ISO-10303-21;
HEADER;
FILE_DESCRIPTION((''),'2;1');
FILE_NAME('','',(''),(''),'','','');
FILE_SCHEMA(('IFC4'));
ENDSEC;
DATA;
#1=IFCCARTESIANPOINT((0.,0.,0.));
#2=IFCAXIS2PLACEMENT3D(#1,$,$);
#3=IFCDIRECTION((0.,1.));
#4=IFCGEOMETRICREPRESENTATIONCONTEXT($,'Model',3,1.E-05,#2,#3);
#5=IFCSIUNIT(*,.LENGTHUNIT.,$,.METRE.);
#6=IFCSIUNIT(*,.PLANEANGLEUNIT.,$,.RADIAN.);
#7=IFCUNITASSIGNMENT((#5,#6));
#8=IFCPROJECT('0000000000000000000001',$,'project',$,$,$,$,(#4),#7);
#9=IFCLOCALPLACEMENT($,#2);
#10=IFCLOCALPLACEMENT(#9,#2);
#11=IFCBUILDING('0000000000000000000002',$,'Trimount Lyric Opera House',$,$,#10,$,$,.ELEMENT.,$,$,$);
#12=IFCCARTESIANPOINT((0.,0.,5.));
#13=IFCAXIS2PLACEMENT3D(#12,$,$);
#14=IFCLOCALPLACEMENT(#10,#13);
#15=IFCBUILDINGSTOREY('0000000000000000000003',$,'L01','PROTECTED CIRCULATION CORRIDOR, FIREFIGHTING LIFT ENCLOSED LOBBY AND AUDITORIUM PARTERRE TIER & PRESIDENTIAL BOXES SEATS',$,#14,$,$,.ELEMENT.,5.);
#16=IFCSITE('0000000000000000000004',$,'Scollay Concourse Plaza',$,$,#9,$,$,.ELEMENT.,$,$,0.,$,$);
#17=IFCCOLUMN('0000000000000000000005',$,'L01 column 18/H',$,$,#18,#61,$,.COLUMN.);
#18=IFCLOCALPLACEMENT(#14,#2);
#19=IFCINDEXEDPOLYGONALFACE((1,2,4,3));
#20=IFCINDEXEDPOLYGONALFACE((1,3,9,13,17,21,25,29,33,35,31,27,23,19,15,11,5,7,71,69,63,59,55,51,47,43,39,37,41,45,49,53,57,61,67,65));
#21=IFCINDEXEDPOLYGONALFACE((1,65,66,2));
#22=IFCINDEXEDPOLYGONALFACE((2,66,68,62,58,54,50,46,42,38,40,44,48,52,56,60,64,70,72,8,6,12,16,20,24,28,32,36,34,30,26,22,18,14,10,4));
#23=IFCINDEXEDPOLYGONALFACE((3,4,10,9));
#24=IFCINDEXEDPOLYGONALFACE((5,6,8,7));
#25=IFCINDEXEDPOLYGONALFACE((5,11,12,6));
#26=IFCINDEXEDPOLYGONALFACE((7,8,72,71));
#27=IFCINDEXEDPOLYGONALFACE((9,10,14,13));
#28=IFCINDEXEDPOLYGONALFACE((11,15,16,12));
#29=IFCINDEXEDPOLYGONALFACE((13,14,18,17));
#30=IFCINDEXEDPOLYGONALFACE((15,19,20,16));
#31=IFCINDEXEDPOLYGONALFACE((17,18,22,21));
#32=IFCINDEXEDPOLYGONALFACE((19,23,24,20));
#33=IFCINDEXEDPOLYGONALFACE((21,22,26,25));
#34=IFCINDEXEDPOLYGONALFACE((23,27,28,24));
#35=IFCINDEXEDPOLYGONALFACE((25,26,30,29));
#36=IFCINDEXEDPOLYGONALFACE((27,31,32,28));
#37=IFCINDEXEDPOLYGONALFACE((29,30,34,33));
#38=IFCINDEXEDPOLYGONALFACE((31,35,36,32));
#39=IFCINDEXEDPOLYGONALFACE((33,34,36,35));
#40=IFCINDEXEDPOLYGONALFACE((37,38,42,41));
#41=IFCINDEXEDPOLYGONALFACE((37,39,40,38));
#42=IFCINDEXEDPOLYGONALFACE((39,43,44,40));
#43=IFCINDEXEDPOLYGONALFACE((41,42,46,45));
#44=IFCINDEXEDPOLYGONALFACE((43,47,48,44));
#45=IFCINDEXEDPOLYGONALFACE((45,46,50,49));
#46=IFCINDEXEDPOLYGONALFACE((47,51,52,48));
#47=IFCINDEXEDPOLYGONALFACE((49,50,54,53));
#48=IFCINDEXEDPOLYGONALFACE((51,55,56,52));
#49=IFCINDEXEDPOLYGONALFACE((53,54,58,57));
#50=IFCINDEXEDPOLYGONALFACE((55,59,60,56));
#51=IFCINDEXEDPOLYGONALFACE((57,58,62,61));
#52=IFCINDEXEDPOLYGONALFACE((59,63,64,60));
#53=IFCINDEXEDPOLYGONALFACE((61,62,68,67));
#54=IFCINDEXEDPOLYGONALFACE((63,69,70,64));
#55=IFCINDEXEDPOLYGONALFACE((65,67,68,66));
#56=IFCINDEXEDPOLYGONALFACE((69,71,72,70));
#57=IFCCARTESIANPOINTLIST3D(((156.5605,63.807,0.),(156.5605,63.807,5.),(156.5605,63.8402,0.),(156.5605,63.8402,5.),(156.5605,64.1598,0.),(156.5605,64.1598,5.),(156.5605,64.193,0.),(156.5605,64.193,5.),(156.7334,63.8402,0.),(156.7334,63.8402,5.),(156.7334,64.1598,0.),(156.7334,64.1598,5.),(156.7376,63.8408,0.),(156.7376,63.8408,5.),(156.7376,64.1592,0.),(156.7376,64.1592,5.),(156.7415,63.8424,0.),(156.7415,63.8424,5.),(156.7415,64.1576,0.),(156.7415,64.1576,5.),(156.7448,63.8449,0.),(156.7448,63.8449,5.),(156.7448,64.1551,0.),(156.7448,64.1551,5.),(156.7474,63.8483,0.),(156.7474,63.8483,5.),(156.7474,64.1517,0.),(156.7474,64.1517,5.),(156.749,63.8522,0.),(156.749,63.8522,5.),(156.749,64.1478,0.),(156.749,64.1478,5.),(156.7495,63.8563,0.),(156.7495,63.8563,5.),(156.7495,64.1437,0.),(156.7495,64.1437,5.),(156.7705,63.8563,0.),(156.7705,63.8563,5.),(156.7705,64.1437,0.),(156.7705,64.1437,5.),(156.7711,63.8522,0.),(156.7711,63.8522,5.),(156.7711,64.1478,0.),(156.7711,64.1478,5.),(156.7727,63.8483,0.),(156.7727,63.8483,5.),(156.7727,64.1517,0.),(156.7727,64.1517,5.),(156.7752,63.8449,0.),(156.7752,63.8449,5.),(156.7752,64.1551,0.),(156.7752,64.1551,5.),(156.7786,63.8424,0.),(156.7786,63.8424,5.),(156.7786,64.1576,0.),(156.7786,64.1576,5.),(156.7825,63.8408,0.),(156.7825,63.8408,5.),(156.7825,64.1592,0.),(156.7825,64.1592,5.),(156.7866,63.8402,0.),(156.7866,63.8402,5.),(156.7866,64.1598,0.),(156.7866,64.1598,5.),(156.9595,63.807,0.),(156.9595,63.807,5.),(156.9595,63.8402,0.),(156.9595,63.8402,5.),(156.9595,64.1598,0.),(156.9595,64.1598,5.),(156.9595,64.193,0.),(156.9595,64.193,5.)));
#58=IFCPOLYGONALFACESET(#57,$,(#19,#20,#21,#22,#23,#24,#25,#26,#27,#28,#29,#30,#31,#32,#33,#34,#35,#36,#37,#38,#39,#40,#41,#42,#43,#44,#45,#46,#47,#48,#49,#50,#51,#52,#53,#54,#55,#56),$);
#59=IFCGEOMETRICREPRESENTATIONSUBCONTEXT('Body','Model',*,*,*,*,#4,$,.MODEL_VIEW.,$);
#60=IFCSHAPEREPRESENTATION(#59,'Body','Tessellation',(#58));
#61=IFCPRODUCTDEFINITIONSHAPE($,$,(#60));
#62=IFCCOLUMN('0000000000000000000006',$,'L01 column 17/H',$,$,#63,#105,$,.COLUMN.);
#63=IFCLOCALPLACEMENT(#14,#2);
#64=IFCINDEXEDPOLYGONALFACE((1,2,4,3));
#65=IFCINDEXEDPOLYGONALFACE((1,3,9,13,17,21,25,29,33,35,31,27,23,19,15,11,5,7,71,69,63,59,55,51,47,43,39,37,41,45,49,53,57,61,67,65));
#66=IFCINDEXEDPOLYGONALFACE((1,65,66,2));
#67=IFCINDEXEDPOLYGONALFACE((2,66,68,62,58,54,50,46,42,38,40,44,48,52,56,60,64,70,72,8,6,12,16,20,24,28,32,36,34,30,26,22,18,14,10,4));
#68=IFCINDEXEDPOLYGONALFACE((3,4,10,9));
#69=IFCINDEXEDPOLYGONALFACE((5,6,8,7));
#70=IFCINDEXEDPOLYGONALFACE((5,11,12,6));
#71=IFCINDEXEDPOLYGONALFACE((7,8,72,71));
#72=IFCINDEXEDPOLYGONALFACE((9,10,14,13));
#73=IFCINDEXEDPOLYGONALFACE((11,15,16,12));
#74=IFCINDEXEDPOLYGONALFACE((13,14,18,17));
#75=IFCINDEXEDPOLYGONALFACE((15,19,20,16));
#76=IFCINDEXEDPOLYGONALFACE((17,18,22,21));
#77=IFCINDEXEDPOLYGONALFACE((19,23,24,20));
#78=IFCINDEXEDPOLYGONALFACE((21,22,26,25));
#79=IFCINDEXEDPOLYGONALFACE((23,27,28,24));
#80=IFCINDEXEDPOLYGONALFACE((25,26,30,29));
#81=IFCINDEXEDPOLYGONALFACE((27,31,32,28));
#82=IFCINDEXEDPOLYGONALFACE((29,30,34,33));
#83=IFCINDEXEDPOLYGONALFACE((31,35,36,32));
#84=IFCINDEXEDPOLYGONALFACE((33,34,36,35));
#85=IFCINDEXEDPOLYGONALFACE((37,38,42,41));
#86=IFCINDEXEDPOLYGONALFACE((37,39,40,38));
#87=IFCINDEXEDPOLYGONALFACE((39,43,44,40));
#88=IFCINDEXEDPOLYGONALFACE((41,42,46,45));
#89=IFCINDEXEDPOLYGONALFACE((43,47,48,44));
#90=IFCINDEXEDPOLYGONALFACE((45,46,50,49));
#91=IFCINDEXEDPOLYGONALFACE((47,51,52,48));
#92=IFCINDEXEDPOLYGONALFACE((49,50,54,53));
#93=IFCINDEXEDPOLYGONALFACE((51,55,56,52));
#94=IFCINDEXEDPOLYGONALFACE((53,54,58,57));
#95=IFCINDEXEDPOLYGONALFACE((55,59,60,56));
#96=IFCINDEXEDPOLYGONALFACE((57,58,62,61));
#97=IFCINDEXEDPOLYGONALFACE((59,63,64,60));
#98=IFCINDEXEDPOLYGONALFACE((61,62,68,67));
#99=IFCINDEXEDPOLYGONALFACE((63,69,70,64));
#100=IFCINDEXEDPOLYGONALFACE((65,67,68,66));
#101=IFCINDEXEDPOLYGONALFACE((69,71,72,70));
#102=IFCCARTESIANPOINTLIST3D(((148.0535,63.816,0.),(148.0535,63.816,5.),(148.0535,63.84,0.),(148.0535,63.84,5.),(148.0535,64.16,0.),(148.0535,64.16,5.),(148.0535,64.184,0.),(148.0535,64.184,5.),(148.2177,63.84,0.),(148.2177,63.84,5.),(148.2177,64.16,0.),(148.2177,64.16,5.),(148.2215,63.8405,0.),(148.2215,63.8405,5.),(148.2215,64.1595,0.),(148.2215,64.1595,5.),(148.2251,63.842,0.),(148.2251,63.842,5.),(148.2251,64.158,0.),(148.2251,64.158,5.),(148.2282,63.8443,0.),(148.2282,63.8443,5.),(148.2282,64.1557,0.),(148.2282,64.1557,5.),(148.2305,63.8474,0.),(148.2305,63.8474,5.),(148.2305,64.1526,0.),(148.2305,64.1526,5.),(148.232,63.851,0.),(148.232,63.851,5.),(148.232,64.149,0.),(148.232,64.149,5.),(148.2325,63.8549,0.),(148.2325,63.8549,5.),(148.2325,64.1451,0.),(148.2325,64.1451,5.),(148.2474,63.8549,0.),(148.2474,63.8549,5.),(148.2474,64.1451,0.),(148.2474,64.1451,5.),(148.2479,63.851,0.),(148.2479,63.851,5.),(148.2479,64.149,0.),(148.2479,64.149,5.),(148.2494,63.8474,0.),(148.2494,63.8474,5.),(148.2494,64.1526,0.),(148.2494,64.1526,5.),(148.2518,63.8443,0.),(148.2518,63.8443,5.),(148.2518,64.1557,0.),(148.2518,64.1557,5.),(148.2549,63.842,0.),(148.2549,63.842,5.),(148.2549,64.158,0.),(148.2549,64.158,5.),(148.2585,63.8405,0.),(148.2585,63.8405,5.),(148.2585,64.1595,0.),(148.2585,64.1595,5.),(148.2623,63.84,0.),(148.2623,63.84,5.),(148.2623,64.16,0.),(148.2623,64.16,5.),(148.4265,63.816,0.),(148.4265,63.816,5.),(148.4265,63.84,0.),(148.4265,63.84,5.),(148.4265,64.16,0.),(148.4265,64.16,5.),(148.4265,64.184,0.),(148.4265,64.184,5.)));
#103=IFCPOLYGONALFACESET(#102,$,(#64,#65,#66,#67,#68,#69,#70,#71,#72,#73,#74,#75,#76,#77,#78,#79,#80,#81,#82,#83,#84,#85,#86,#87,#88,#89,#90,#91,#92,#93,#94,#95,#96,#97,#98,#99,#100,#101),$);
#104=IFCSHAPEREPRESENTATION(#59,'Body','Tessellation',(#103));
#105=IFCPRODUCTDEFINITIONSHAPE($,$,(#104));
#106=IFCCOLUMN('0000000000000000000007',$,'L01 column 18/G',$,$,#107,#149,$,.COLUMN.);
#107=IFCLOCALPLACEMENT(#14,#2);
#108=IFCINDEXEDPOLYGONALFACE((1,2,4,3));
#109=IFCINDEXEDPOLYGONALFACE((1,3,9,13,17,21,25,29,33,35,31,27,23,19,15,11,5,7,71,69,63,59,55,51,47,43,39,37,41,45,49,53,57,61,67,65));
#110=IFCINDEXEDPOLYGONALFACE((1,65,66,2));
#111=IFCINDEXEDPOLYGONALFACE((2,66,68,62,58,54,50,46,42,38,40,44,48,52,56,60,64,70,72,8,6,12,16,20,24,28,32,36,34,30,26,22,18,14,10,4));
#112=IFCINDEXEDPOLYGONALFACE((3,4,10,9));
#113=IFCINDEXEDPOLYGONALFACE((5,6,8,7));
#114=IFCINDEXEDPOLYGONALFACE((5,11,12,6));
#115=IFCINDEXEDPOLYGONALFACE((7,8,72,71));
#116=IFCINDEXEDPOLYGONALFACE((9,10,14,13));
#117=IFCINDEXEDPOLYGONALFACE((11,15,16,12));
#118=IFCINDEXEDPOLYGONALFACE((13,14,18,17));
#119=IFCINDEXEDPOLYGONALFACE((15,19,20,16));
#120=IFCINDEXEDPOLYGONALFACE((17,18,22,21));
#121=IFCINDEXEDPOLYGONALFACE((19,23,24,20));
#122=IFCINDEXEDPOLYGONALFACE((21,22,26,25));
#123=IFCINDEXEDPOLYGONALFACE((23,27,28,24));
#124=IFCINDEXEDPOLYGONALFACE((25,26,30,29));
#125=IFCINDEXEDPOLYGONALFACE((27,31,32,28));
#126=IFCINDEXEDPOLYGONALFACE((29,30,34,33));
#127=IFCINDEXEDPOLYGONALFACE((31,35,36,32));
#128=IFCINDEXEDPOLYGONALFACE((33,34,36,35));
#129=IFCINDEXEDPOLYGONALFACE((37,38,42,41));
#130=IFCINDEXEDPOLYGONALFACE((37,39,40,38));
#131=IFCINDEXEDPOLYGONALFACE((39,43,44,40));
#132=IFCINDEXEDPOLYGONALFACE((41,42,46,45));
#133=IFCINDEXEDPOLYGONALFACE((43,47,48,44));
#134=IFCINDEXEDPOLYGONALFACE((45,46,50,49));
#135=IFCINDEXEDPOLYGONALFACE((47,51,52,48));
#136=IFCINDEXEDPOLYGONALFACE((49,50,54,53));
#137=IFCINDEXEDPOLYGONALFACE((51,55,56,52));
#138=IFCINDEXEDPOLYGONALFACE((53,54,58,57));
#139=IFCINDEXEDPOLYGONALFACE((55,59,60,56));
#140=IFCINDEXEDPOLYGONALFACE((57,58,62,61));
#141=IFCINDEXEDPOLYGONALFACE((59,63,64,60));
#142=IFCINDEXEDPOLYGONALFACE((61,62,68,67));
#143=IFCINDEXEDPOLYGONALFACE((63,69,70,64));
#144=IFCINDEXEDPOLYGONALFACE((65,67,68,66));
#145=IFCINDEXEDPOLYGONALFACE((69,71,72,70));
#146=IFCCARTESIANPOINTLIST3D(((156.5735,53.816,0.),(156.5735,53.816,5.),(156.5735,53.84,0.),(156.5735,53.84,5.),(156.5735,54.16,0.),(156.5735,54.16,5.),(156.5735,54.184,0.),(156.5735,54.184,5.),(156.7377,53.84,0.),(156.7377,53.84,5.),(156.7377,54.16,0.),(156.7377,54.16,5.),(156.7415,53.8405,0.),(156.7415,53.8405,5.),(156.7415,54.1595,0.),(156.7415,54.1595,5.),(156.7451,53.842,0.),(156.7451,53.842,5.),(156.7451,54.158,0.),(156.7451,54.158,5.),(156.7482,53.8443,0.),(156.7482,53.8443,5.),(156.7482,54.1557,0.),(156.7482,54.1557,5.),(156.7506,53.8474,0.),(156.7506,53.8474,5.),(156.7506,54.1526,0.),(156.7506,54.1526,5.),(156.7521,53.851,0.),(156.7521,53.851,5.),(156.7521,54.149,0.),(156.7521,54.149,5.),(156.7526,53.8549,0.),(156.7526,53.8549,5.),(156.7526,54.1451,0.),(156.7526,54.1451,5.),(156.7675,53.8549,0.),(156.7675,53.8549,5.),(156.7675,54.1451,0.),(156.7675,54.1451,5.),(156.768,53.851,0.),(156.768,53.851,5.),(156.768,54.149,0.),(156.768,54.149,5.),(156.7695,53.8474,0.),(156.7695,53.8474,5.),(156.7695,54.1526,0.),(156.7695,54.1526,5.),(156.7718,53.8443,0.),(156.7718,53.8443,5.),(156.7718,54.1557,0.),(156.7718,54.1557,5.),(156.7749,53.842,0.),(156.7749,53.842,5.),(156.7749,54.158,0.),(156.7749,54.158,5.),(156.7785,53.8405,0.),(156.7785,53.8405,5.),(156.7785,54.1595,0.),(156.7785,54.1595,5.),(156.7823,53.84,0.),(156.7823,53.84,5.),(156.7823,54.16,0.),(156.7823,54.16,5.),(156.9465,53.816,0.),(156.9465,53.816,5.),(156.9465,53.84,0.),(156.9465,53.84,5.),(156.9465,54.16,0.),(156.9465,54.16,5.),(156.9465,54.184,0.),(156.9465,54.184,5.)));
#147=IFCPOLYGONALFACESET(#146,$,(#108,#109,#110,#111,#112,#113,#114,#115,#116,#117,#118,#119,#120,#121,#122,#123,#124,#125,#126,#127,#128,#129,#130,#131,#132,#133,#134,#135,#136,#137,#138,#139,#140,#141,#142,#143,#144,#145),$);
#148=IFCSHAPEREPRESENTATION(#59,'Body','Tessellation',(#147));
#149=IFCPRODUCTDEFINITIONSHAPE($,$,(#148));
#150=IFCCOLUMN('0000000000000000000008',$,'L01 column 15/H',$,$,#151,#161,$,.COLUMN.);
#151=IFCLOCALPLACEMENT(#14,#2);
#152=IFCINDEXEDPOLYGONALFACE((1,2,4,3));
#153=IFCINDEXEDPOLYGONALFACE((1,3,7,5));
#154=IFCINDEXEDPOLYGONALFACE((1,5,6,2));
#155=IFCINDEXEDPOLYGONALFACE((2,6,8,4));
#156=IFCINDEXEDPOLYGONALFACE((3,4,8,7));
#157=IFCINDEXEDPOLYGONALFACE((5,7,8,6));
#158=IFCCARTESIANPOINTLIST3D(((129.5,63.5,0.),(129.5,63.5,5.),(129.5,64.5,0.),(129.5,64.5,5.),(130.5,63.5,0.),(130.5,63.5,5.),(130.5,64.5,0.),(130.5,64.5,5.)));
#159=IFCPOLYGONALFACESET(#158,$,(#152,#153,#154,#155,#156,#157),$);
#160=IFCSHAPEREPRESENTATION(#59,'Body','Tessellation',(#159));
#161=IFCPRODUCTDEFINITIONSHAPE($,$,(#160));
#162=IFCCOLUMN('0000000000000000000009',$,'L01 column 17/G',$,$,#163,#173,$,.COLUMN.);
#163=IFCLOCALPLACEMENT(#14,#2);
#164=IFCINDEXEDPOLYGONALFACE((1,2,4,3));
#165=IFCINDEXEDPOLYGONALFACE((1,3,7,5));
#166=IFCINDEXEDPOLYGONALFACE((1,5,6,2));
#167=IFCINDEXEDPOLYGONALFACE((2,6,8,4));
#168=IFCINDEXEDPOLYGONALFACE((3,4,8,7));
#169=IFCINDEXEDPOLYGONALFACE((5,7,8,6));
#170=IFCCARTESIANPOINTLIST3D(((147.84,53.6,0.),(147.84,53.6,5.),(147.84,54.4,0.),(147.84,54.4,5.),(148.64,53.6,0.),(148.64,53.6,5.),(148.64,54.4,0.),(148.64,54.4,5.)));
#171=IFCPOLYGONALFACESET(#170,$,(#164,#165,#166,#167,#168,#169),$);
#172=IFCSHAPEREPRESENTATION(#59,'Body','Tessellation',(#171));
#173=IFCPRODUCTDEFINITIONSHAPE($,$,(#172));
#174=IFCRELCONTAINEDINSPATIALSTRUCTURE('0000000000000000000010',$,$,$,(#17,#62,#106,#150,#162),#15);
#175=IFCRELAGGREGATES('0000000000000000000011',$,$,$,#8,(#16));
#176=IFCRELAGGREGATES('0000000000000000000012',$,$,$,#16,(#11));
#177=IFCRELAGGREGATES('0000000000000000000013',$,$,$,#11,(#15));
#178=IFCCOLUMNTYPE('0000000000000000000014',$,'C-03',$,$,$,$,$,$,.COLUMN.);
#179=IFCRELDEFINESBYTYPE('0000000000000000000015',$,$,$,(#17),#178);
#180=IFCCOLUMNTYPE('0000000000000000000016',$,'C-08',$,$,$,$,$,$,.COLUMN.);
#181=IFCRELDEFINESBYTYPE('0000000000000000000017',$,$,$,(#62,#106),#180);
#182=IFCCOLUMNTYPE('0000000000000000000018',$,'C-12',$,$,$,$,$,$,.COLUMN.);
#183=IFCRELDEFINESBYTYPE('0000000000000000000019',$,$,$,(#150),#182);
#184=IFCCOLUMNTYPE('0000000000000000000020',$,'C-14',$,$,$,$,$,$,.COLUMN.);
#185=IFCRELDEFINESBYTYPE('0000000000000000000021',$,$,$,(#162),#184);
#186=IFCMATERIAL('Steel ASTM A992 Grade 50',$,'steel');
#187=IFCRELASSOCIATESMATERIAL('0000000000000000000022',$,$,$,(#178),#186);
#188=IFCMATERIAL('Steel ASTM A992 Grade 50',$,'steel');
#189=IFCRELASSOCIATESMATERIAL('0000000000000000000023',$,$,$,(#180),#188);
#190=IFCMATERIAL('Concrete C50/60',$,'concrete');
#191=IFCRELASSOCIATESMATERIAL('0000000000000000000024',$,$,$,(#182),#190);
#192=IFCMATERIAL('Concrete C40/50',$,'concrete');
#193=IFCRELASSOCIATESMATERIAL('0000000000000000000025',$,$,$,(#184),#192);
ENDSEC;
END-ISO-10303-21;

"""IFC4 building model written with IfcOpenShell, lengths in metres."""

from ifc_helpers import new_model, si_unit, direction, frame, origin, origin_2d, place, context, subcontext, project, spatial, rectangle, i_section, extrude, material, material_profile, profile_set, type_object, element, save


model = new_model("IFC4")

# Units and contexts
model_context = context("Model", 3, precision=1e-05, world=origin(), true_north=direction((0.0, 1.0)))
body_context = subcontext(model_context, "Body", "Model", "MODEL_VIEW")
ifc_project = project(units=[si_unit("LENGTHUNIT", "METRE"), si_unit("PLANEANGLEUNIT", "RADIAN")], contexts=[model_context])

# Site, building, storey
site_placement = place(None, origin())
site = spatial("IfcSite", under=ifc_project, at=site_placement, Name="Scollay Concourse Plaza", CompositionType="ELEMENT", RefElevation=0.0)
building_placement = place(site_placement, origin())
building = spatial("IfcBuilding", under=site, at=building_placement, Name="Trimount Lyric Opera House", CompositionType="ELEMENT")
storey_placement = place(building_placement, frame((0.0, 0.0, 5.0)))
storey = spatial("IfcBuildingStorey", under=building, at=storey_placement, Name="L01", Description="PROTECTED CIRCULATION CORRIDOR, FIREFIGHTING LIFT ENCLOSED LOBBY AND AUDITORIUM PARTERRE TIER & PRESIDENTIAL BOXES SEATS", CompositionType="ELEMENT", Elevation=5.0)

# Columns
ifc_material_1 = material(Name="Steel ASTM A992 Grade 50", Category="steel")
ifc_material_profile_1 = material_profile(ifc_material_1, i_section(OverallWidth=0.3989, OverallDepth=0.386, WebThickness=0.021, FlangeThickness=0.0332, FilletRadius=0.0161, at=origin_2d()), Name="W14X176")
ifc_profile_set_1 = profile_set([ifc_material_profile_1], Name="Steel ASTM A992 Grade 50")
column_type_1 = type_object("IfcColumnType", Name="C-03", PredefinedType="COLUMN", material=ifc_profile_set_1)
column_1_placement = place(storey_placement, frame((156.76, 64.0, 0.0), z_axis=(0.0, 0.0, 1.0), x_axis=(1.0, 0.0, 0.0)))
element("IfcColumn", 1, at=column_1_placement, inside=storey, type_object=column_type_1, Name="L01 column 18/H", PredefinedType="COLUMN", context=body_context, shape_type="SweptSolid", body=[
    extrude(i_section(OverallWidth=0.3989, OverallDepth=0.386, WebThickness=0.021, FlangeThickness=0.0332, FilletRadius=0.0161, at=origin_2d()), origin(), (0.0, 0.0, 1.0), 5.0),
])
ifc_material_2 = material(Name="Steel ASTM A992 Grade 50", Category="steel")
ifc_material_profile_2 = material_profile(ifc_material_2, i_section(OverallWidth=0.373, OverallDepth=0.3679, WebThickness=0.0149, FlangeThickness=0.0239, FilletRadius=0.0149, at=origin_2d()), Name="W14X120")
ifc_profile_set_2 = profile_set([ifc_material_profile_2], Name="Steel ASTM A992 Grade 50")
column_type_2 = type_object("IfcColumnType", Name="C-08", PredefinedType="COLUMN", material=ifc_profile_set_2)
for number, where, z_axis, x_axis, name in (
    (2, (148.24, 64.0, 0.0), (0.0, 0.0, 1.0), (1.0, 0.0, 0.0), "L01 column 17/H"),
    (3, (156.76, 54.0, 0.0), (0.0, 0.0, 1.0), (1.0, 0.0, 0.0), "L01 column 18/G"),
):
    element("IfcColumn", number, at=place(storey_placement, frame(where, z_axis=z_axis, x_axis=x_axis)), inside=storey, type_object=column_type_2, Name=name, PredefinedType="COLUMN", context=body_context, shape_type="SweptSolid", body=[
        extrude(i_section(OverallWidth=0.373, OverallDepth=0.3679, WebThickness=0.0149, FlangeThickness=0.0239, FilletRadius=0.0149, at=origin_2d()), origin(), (0.0, 0.0, 1.0), 5.0),
    ])
ifc_material_3 = material(Name="Concrete C50/60", Category="concrete")
ifc_material_profile_3 = material_profile(ifc_material_3, rectangle(XDim=1.0, YDim=1.0, at=origin_2d()), Name="RC1000X1000")
ifc_profile_set_3 = profile_set([ifc_material_profile_3], Name="Concrete C50/60")
column_type_3 = type_object("IfcColumnType", Name="C-12", PredefinedType="COLUMN", material=ifc_profile_set_3)
column_2_placement = place(storey_placement, frame((130.0, 64.0, 0.0), z_axis=(0.0, 0.0, 1.0), x_axis=(1.0, 0.0, 0.0)))
element("IfcColumn", 4, at=column_2_placement, inside=storey, type_object=column_type_3, Name="L01 column 15/H", PredefinedType="COLUMN", context=body_context, shape_type="SweptSolid", body=[
    extrude(rectangle(XDim=1.0, YDim=1.0, at=origin_2d()), origin(), (0.0, 0.0, 1.0), 5.0),
])
ifc_material_4 = material(Name="Concrete C40/50", Category="concrete")
ifc_material_profile_4 = material_profile(ifc_material_4, rectangle(XDim=0.8, YDim=0.8, at=origin_2d()), Name="RC800X800")
ifc_profile_set_4 = profile_set([ifc_material_profile_4], Name="Concrete C40/50")
column_type_4 = type_object("IfcColumnType", Name="C-14", PredefinedType="COLUMN", material=ifc_profile_set_4)
column_3_placement = place(storey_placement, frame((148.24, 54.0, 0.0), z_axis=(0.0, 0.0, 1.0), x_axis=(1.0, 0.0, 0.0)))
element("IfcColumn", 5, at=column_3_placement, inside=storey, type_object=column_type_4, Name="L01 column 17/G", PredefinedType="COLUMN", context=body_context, shape_type="SweptSolid", body=[
    extrude(rectangle(XDim=0.8, YDim=0.8, at=origin_2d()), origin(), (0.0, 0.0, 1.0), 5.0),
])

save(model, "model.ifc")
